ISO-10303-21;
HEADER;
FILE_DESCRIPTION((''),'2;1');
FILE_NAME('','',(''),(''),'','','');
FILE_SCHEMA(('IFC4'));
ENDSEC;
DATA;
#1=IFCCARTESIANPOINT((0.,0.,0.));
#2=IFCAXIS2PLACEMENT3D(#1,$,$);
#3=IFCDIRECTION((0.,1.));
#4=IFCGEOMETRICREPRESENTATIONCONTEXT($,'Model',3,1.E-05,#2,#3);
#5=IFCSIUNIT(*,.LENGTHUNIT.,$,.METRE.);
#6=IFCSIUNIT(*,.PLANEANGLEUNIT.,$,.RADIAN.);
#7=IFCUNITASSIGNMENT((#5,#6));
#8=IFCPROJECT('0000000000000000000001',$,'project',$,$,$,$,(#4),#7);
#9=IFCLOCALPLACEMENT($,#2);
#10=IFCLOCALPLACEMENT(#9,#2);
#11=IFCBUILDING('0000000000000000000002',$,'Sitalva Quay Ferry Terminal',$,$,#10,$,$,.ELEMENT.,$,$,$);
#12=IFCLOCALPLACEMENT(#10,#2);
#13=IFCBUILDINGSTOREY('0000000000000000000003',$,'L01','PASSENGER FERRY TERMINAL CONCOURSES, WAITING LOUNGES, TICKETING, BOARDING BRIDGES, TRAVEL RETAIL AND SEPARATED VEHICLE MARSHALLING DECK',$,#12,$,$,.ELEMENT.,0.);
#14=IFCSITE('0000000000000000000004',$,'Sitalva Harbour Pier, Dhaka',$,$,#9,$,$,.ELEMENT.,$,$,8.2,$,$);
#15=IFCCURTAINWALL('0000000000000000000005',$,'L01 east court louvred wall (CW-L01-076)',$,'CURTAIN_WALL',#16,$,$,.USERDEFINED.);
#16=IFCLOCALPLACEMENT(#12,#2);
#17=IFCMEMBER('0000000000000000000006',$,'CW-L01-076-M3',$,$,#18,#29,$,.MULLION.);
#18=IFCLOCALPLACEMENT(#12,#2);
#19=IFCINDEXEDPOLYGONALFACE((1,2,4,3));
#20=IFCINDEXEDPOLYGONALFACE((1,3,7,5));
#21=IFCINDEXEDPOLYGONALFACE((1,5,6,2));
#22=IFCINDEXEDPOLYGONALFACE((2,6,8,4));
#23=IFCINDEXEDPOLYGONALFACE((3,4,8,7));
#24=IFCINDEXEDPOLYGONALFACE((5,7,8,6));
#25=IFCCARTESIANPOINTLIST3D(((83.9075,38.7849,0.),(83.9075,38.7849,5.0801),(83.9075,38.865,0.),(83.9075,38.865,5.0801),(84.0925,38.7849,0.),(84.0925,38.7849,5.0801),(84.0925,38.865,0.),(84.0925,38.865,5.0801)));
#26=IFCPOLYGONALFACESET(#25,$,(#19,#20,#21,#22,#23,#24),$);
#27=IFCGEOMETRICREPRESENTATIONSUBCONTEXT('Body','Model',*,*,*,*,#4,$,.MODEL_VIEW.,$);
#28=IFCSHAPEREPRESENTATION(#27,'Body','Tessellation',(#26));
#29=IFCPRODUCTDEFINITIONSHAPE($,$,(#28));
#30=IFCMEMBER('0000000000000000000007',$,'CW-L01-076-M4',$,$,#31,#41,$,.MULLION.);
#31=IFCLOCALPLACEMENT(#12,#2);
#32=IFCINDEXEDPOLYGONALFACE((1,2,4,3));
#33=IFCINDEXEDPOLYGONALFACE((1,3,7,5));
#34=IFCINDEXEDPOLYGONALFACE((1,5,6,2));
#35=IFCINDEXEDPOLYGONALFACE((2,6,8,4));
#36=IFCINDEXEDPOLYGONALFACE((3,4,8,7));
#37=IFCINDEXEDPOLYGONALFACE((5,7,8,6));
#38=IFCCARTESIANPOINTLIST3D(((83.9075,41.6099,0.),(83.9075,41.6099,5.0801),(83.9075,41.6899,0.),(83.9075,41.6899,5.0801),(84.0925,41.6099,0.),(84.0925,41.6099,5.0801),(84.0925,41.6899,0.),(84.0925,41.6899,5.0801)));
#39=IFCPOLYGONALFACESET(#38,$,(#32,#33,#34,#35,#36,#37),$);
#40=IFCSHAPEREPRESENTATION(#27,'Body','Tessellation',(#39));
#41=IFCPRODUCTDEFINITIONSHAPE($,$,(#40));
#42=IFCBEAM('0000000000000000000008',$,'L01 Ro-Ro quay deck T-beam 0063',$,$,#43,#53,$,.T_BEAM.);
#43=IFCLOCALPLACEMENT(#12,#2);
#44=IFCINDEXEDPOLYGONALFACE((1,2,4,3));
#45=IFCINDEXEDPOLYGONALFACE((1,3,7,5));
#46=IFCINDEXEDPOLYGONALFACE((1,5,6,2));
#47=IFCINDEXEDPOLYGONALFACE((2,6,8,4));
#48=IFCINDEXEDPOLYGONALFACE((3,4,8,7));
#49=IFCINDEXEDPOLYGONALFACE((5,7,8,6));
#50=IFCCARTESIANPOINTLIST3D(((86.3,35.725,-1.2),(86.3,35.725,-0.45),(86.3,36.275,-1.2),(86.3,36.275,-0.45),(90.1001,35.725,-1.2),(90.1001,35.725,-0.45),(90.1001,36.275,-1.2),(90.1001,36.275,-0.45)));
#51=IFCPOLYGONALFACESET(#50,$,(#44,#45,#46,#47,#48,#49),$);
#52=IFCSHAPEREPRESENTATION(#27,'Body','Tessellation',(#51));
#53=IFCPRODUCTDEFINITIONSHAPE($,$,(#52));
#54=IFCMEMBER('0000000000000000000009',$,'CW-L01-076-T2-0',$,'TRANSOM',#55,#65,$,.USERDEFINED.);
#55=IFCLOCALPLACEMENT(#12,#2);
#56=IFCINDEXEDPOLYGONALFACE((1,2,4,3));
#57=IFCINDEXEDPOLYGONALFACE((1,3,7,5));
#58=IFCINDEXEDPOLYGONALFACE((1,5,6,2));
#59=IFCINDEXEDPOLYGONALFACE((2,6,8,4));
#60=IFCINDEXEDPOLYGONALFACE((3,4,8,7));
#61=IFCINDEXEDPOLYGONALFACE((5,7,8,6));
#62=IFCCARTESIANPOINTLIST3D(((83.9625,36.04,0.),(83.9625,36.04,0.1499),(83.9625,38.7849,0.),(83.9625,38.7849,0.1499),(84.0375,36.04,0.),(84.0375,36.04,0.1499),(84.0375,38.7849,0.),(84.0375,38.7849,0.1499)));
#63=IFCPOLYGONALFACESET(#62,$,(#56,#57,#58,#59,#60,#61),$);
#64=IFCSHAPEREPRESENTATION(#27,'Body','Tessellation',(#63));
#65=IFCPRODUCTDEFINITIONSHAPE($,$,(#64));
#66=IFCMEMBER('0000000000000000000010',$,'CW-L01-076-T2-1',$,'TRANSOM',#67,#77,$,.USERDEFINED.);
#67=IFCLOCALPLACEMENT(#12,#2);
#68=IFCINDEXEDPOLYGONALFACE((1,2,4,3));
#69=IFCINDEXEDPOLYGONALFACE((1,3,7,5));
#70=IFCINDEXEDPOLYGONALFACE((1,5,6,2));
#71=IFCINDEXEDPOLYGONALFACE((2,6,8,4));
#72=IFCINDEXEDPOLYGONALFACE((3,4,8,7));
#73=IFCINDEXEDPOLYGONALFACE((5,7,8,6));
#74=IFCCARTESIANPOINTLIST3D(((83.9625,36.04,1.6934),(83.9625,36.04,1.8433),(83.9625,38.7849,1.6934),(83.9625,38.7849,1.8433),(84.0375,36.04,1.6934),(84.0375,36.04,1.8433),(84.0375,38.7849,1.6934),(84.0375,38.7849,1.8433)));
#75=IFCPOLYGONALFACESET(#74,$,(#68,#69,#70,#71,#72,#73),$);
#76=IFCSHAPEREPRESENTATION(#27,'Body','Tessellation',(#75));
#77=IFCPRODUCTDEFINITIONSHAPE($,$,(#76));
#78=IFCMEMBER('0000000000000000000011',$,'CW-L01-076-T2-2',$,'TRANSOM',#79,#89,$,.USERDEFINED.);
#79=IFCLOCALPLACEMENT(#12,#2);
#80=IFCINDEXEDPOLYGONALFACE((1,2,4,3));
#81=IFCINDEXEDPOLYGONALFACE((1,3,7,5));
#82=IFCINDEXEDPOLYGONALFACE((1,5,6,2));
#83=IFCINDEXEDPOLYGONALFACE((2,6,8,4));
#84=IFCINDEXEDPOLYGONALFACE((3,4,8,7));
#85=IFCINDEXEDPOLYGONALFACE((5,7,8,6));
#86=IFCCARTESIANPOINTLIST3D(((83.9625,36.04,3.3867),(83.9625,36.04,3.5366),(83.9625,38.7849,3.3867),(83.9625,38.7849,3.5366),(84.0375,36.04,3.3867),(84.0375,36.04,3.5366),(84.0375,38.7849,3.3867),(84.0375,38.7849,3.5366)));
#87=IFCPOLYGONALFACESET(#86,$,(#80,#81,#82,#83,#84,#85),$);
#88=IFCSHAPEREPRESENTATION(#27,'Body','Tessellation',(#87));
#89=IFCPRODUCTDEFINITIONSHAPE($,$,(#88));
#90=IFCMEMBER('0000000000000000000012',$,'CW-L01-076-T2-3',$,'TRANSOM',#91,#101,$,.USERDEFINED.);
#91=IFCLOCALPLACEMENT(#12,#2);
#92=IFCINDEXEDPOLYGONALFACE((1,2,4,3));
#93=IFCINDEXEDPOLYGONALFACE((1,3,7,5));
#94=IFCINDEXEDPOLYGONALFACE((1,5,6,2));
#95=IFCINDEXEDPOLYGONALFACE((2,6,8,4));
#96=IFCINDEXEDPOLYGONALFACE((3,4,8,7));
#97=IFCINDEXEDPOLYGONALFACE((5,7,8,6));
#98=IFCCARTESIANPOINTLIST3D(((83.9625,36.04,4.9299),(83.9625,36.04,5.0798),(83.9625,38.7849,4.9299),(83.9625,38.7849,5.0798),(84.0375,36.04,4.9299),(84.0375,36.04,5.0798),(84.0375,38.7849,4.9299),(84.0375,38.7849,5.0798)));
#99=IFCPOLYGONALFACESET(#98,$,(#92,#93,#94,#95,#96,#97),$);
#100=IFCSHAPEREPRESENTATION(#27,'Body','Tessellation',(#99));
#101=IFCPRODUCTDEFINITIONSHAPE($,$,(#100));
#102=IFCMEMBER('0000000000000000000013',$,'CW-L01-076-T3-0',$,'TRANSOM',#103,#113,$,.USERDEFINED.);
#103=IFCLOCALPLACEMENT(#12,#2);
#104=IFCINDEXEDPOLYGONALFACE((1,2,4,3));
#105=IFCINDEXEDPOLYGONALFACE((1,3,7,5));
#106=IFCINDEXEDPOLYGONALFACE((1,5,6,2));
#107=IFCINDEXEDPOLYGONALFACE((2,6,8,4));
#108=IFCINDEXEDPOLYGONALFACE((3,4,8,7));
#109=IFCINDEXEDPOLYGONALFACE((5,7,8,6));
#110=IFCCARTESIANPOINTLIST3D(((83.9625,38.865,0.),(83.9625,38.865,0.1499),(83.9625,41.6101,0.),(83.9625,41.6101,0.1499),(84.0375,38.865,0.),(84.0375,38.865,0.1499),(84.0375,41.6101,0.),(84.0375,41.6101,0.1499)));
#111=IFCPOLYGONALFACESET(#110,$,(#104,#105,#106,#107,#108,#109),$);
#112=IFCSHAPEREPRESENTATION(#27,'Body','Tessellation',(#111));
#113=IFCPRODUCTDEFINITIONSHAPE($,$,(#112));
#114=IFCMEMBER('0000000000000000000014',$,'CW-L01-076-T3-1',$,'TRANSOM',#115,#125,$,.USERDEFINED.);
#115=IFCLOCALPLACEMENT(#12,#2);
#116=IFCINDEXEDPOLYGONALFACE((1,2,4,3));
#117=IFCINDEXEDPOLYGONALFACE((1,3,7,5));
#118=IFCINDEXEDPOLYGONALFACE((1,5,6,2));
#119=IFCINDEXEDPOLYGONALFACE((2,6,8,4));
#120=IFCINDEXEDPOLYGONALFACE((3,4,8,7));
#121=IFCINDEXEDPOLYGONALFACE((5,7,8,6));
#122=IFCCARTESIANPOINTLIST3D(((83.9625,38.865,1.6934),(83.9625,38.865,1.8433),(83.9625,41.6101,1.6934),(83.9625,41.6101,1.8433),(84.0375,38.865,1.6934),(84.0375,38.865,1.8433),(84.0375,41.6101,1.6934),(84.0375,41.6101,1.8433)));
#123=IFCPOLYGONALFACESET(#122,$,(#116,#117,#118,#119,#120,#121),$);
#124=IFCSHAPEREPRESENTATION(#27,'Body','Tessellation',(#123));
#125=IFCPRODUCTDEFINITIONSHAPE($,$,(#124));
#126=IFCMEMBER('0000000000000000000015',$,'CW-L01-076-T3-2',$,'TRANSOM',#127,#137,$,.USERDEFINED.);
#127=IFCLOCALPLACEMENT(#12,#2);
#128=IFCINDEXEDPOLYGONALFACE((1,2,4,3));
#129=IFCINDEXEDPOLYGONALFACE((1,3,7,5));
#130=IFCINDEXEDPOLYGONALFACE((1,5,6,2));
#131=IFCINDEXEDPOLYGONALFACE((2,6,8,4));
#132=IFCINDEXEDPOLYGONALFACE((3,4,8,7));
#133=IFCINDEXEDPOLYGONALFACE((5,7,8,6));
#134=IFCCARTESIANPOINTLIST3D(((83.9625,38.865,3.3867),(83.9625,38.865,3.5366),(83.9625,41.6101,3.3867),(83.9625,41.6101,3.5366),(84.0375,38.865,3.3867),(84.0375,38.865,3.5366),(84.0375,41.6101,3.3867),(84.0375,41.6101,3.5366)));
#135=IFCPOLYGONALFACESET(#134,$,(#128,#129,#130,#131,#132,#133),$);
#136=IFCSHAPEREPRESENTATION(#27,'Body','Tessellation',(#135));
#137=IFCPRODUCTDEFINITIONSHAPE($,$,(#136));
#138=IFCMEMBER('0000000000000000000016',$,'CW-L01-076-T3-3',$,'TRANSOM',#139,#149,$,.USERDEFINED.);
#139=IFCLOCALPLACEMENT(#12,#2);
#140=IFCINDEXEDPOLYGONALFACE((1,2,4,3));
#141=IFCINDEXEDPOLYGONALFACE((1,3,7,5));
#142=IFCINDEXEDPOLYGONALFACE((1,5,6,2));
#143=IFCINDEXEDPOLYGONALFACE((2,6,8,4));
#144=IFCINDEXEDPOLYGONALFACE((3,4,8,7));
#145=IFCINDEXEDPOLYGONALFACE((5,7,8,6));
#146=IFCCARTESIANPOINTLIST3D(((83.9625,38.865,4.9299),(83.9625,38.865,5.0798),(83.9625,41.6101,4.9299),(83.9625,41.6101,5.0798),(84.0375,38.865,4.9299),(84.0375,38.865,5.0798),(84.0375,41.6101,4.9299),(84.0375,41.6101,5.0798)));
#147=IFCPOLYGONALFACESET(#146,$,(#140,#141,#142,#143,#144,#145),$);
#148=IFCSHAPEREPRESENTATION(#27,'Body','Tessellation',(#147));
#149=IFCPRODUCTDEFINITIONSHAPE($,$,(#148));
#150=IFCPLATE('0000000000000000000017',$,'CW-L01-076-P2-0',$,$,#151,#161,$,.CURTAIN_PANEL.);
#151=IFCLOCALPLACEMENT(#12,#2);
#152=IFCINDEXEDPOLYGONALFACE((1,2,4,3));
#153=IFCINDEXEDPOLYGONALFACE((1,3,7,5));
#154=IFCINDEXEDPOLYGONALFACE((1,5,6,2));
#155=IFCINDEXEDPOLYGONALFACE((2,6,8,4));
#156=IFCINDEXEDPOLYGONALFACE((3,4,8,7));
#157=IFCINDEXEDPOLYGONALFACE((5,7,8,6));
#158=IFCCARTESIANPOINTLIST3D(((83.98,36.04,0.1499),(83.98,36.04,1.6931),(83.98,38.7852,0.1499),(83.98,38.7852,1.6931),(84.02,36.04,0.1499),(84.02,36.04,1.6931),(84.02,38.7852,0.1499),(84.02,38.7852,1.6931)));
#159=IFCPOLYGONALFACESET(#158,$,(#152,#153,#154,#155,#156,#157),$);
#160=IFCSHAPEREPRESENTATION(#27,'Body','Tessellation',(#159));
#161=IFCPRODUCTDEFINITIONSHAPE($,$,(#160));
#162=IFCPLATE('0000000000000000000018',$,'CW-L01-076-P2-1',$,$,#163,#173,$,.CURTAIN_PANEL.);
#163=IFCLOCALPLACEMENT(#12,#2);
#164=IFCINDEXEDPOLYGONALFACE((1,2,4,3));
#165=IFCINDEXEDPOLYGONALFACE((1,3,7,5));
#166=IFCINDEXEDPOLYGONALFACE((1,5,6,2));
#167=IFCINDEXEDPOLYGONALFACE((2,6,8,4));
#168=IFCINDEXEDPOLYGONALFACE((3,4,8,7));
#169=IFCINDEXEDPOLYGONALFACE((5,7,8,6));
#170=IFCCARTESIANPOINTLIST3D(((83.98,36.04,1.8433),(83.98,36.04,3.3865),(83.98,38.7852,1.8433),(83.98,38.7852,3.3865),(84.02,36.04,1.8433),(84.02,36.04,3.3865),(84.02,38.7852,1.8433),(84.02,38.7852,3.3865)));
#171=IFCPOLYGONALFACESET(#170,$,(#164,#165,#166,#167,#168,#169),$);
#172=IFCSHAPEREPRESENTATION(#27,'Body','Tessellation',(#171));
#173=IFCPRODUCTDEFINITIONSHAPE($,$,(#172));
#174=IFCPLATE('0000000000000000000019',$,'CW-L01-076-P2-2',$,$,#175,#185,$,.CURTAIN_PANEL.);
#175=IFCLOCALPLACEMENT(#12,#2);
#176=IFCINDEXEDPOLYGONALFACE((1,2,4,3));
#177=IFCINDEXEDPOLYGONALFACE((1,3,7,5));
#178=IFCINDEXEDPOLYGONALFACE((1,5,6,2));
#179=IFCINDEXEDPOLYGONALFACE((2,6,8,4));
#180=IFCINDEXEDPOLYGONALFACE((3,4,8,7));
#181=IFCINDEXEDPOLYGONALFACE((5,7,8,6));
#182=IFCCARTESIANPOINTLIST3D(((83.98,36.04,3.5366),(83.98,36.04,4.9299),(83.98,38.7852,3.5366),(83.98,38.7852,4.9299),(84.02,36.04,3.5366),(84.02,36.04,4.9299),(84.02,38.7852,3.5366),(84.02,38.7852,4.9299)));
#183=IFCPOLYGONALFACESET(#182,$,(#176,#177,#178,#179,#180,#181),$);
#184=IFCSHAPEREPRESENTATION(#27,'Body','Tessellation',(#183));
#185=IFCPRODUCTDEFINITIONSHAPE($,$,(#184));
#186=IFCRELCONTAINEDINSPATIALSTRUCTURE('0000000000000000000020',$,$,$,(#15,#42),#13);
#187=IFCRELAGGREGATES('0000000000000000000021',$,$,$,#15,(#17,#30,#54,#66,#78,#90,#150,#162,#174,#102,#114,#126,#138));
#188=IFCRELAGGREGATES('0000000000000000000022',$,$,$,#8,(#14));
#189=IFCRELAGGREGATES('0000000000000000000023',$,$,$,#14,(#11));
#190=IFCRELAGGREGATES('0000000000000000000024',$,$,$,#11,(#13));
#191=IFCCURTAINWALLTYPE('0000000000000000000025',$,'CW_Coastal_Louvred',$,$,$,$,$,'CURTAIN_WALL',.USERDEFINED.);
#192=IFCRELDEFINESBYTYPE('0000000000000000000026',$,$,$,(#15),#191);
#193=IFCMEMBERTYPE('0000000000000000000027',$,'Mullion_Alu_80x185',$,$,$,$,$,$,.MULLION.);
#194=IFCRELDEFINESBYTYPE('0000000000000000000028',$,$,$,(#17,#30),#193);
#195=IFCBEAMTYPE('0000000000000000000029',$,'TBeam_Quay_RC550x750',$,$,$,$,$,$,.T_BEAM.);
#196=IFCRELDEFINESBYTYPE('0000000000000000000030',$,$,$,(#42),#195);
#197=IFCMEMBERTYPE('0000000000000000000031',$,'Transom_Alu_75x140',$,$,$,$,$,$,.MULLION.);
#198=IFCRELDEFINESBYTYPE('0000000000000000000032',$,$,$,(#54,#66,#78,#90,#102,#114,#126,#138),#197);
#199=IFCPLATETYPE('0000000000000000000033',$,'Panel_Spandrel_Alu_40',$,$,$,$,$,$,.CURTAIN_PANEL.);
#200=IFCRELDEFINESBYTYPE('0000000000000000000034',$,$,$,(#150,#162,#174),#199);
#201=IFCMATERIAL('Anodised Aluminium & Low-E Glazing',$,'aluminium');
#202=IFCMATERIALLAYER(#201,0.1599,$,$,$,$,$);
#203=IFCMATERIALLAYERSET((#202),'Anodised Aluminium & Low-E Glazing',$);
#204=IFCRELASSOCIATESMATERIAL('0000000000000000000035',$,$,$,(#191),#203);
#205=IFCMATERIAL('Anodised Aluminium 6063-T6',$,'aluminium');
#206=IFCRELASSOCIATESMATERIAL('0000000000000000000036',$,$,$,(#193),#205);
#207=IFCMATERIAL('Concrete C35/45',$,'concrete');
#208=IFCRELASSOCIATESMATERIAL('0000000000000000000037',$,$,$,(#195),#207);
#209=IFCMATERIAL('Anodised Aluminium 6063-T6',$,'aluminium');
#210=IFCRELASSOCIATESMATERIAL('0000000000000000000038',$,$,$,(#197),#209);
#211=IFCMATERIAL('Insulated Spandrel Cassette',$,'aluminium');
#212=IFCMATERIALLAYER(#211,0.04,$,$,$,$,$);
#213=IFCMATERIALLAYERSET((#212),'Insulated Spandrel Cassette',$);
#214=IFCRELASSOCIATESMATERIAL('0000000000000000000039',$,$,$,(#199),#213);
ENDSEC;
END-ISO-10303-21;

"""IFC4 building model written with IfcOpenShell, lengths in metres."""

from ifc_helpers import new_model, si_unit, direction, frame, origin, origin_2d, place, context, subcontext, project, spatial, rectangle, extrude, material, layer, layer_set, material_profile, profile_set, type_object, element, aggregate, save


model = new_model("IFC4")

# Units and contexts
model_context = context("Model", 3, precision=1e-05, world=origin(), true_north=direction((0.0, 1.0)))
body_context = subcontext(model_context, "Body", "Model", "MODEL_VIEW")
ifc_project = project(units=[si_unit("LENGTHUNIT", "METRE"), si_unit("PLANEANGLEUNIT", "RADIAN")], contexts=[model_context])

# Site, building, storey
site_placement = place(None, origin())
site = spatial("IfcSite", under=ifc_project, at=site_placement, Name="Sitalva Harbour Pier, Dhaka", CompositionType="ELEMENT", RefElevation=8.2)
building_placement = place(site_placement, origin())
building = spatial("IfcBuilding", under=site, at=building_placement, Name="Sitalva Quay Ferry Terminal", CompositionType="ELEMENT")
storey_placement = place(building_placement, origin())
storey = spatial("IfcBuildingStorey", under=building, at=storey_placement, Name="L01", Description="PASSENGER FERRY TERMINAL CONCOURSES, WAITING LOUNGES, TICKETING, BOARDING BRIDGES, TRAVEL RETAIL AND SEPARATED VEHICLE MARSHALLING DECK", CompositionType="ELEMENT", Elevation=0.0)

# Curtain wall, members
ifc_material_1 = material(Name="Anodised Aluminium & Low-E Glazing", Category="aluminium")
ifc_layer_1 = layer(ifc_material_1, 0.1599)
ifc_layer_set_1 = layer_set([ifc_layer_1], Name="Anodised Aluminium & Low-E Glazing")
curtain_wall_type = type_object("IfcCurtainWallType", Name="CW_Coastal_Louvred", ElementType="CURTAIN_WALL", PredefinedType="USERDEFINED", material=ifc_layer_set_1)
curtain_wall_placement = place(storey_placement, origin())
curtain_wall = element("IfcCurtainWall", 1, at=curtain_wall_placement, inside=storey, type_object=curtain_wall_type, Name="L01 east court louvred wall (CW-L01-076)", ObjectType="CURTAIN_WALL", PredefinedType="USERDEFINED")
ifc_material_2 = material(Name="Anodised Aluminium 6063-T6", Category="aluminium")
ifc_material_profile_1 = material_profile(ifc_material_2, rectangle(XDim=0.0801, YDim=0.1851, at=origin_2d()), Name="ALU80x185")
ifc_profile_set_1 = profile_set([ifc_material_profile_1], Name="Anodised Aluminium 6063-T6")
member_type_1 = type_object("IfcMemberType", Name="Mullion_Alu_80x185", PredefinedType="MULLION", material=ifc_profile_set_1)
member_1_placement = place(storey_placement, frame((84.0, 38.825, 0.0), z_axis=(0.0, 0.0, 1.0), x_axis=(0.0, 1.0, 0.0)))
member_1 = element("IfcMember", 2, at=member_1_placement, type_object=member_type_1, Name="CW-L01-076-M3", PredefinedType="MULLION", context=body_context, shape_type="SweptSolid", body=[
    extrude(rectangle(XDim=0.0801, YDim=0.1851, at=origin_2d()), origin(), (0.0, 0.0, 1.0), 5.0801),
])
member_2_placement = place(storey_placement, frame((84.0, 41.6499, 0.0), z_axis=(0.0, 0.0, 1.0), x_axis=(0.0, 1.0, 0.0)))
member_2 = element("IfcMember", 3, at=member_2_placement, type_object=member_type_1, Name="CW-L01-076-M4", PredefinedType="MULLION", context=body_context, shape_type="SweptSolid", body=[
    extrude(rectangle(XDim=0.0801, YDim=0.1851, at=origin_2d()), origin(), (0.0, 0.0, 1.0), 5.0801),
])

# Beam
ifc_material_3 = material(Name="Concrete C35/45", Category="concrete")
ifc_material_profile_2 = material_profile(ifc_material_3, rectangle(XDim=0.55, YDim=0.75, at=origin_2d()), Name="RC550x750")
ifc_profile_set_2 = profile_set([ifc_material_profile_2], Name="Concrete C35/45")
beam_type_1 = type_object("IfcBeamType", Name="TBeam_Quay_RC550x750", PredefinedType="T_BEAM", material=ifc_profile_set_2)
beam_1_placement = place(storey_placement, frame((86.3, 36.0, -0.825), z_axis=(1.0, 0.0, 0.0), x_axis=(0.0, 1.0, 0.0)))
element("IfcBeam", 4, at=beam_1_placement, inside=storey, type_object=beam_type_1, Name="L01 Ro-Ro quay deck T-beam 0063", PredefinedType="T_BEAM", context=body_context, shape_type="SweptSolid", body=[
    extrude(rectangle(XDim=0.55, YDim=0.75, at=origin_2d()), origin(), (0.0, 0.0, 1.0), 3.8),
])

# Members
ifc_material_4 = material(Name="Anodised Aluminium 6063-T6", Category="aluminium")
ifc_material_profile_3 = material_profile(ifc_material_4, rectangle(XDim=0.075, YDim=0.1499, at=origin_2d()), Name="ALU75x150")
ifc_profile_set_3 = profile_set([ifc_material_profile_3], Name="Anodised Aluminium 6063-T6")
member_type_2 = type_object("IfcMemberType", Name="Transom_Alu_75x140", PredefinedType="MULLION", material=ifc_profile_set_3)
member_3_placement = place(storey_placement, frame((84.0, 36.04, 0.075), z_axis=(0.0, 1.0, 0.0), x_axis=(-1.0, 0.0, 0.0)))
member_3 = element("IfcMember", 5, at=member_3_placement, type_object=member_type_2, Name="CW-L01-076-T2-0", ObjectType="TRANSOM", PredefinedType="USERDEFINED", context=body_context, shape_type="SweptSolid", body=[
    extrude(rectangle(XDim=0.075, YDim=0.1499, at=origin_2d()), origin(), (0.0, 0.0, 1.0), 2.7449),
])
member_4_placement = place(storey_placement, frame((84.0, 36.04, 1.7683), z_axis=(0.0, 1.0, 0.0), x_axis=(-1.0, 0.0, 0.0)))
member_4 = element("IfcMember", 6, at=member_4_placement, type_object=member_type_2, Name="CW-L01-076-T2-1", ObjectType="TRANSOM", PredefinedType="USERDEFINED", context=body_context, shape_type="SweptSolid", body=[
    extrude(rectangle(XDim=0.075, YDim=0.1499, at=origin_2d()), origin(), (0.0, 0.0, 1.0), 2.7449),
])
member_5_placement = place(storey_placement, frame((84.0, 36.04, 3.4617), z_axis=(0.0, 1.0, 0.0), x_axis=(-1.0, 0.0, 0.0)))
member_5 = element("IfcMember", 7, at=member_5_placement, type_object=member_type_2, Name="CW-L01-076-T2-2", ObjectType="TRANSOM", PredefinedType="USERDEFINED", context=body_context, shape_type="SweptSolid", body=[
    extrude(rectangle(XDim=0.075, YDim=0.1499, at=origin_2d()), origin(), (0.0, 0.0, 1.0), 2.7449),
])
member_6_placement = place(storey_placement, frame((84.0, 36.04, 5.0049), z_axis=(0.0, 1.0, 0.0), x_axis=(-1.0, 0.0, 0.0)))
member_6 = element("IfcMember", 8, at=member_6_placement, type_object=member_type_2, Name="CW-L01-076-T2-3", ObjectType="TRANSOM", PredefinedType="USERDEFINED", context=body_context, shape_type="SweptSolid", body=[
    extrude(rectangle(XDim=0.075, YDim=0.1499, at=origin_2d()), origin(), (0.0, 0.0, 1.0), 2.7449),
])
member_7_placement = place(storey_placement, frame((84.0, 38.865, 0.075), z_axis=(0.0, 1.0, 0.0), x_axis=(-1.0, 0.0, 0.0)))
member_7 = element("IfcMember", 9, at=member_7_placement, type_object=member_type_2, Name="CW-L01-076-T3-0", ObjectType="TRANSOM", PredefinedType="USERDEFINED", context=body_context, shape_type="SweptSolid", body=[
    extrude(rectangle(XDim=0.075, YDim=0.1499, at=origin_2d()), origin(), (0.0, 0.0, 1.0), 2.7451),
])
member_8_placement = place(storey_placement, frame((84.0, 38.865, 1.7683), z_axis=(0.0, 1.0, 0.0), x_axis=(-1.0, 0.0, 0.0)))
member_8 = element("IfcMember", 10, at=member_8_placement, type_object=member_type_2, Name="CW-L01-076-T3-1", ObjectType="TRANSOM", PredefinedType="USERDEFINED", context=body_context, shape_type="SweptSolid", body=[
    extrude(rectangle(XDim=0.075, YDim=0.1499, at=origin_2d()), origin(), (0.0, 0.0, 1.0), 2.7451),
])
member_9_placement = place(storey_placement, frame((84.0, 38.865, 3.4617), z_axis=(0.0, 1.0, 0.0), x_axis=(-1.0, 0.0, 0.0)))
member_9 = element("IfcMember", 11, at=member_9_placement, type_object=member_type_2, Name="CW-L01-076-T3-2", ObjectType="TRANSOM", PredefinedType="USERDEFINED", context=body_context, shape_type="SweptSolid", body=[
    extrude(rectangle(XDim=0.075, YDim=0.1499, at=origin_2d()), origin(), (0.0, 0.0, 1.0), 2.7451),
])
member_10_placement = place(storey_placement, frame((84.0, 38.865, 5.0049), z_axis=(0.0, 1.0, 0.0), x_axis=(-1.0, 0.0, 0.0)))
member_10 = element("IfcMember", 12, at=member_10_placement, type_object=member_type_2, Name="CW-L01-076-T3-3", ObjectType="TRANSOM", PredefinedType="USERDEFINED", context=body_context, shape_type="SweptSolid", body=[
    extrude(rectangle(XDim=0.075, YDim=0.1499, at=origin_2d()), origin(), (0.0, 0.0, 1.0), 2.7451),
])

# Plates
ifc_material_5 = material(Name="Insulated Spandrel Cassette", Category="aluminium")
ifc_layer_2 = layer(ifc_material_5, 0.04)
ifc_layer_set_2 = layer_set([ifc_layer_2], Name="Insulated Spandrel Cassette")
plate_type = type_object("IfcPlateType", Name="Panel_Spandrel_Alu_40", PredefinedType="CURTAIN_PANEL", material=ifc_layer_set_2)
plate_1_placement = place(storey_placement, frame((84.0, 37.4126, 0.1499), z_axis=(0.0, 0.0, 1.0), x_axis=(0.0, 1.0, 0.0)))
plate_1 = element("IfcPlate", 13, at=plate_1_placement, type_object=plate_type, Name="CW-L01-076-P2-0", PredefinedType="CURTAIN_PANEL", context=body_context, shape_type="SweptSolid", body=[
    extrude(rectangle(XDim=2.7451, YDim=0.04, at=origin_2d()), origin(), (0.0, 0.0, 1.0), 1.5432),
])
plate_2_placement = place(storey_placement, frame((84.0, 37.4126, 1.8433), z_axis=(0.0, 0.0, 1.0), x_axis=(0.0, 1.0, 0.0)))
plate_2 = element("IfcPlate", 14, at=plate_2_placement, type_object=plate_type, Name="CW-L01-076-P2-1", PredefinedType="CURTAIN_PANEL", context=body_context, shape_type="SweptSolid", body=[
    extrude(rectangle(XDim=2.7451, YDim=0.04, at=origin_2d()), origin(), (0.0, 0.0, 1.0), 1.5432),
])
plate_3_placement = place(storey_placement, frame((84.0, 37.4126, 3.5366), z_axis=(0.0, 0.0, 1.0), x_axis=(0.0, 1.0, 0.0)))
plate_3 = element("IfcPlate", 15, at=plate_3_placement, type_object=plate_type, Name="CW-L01-076-P2-2", PredefinedType="CURTAIN_PANEL", context=body_context, shape_type="SweptSolid", body=[
    extrude(rectangle(XDim=2.7451, YDim=0.04, at=origin_2d()), origin(), (0.0, 0.0, 1.0), 1.3933),
])
aggregate(curtain_wall, [member_1, member_2, member_3, member_4, member_5, member_6, plate_1, plate_2, plate_3, member_7, member_8, member_9, member_10])

save(model, "model.ifc")
